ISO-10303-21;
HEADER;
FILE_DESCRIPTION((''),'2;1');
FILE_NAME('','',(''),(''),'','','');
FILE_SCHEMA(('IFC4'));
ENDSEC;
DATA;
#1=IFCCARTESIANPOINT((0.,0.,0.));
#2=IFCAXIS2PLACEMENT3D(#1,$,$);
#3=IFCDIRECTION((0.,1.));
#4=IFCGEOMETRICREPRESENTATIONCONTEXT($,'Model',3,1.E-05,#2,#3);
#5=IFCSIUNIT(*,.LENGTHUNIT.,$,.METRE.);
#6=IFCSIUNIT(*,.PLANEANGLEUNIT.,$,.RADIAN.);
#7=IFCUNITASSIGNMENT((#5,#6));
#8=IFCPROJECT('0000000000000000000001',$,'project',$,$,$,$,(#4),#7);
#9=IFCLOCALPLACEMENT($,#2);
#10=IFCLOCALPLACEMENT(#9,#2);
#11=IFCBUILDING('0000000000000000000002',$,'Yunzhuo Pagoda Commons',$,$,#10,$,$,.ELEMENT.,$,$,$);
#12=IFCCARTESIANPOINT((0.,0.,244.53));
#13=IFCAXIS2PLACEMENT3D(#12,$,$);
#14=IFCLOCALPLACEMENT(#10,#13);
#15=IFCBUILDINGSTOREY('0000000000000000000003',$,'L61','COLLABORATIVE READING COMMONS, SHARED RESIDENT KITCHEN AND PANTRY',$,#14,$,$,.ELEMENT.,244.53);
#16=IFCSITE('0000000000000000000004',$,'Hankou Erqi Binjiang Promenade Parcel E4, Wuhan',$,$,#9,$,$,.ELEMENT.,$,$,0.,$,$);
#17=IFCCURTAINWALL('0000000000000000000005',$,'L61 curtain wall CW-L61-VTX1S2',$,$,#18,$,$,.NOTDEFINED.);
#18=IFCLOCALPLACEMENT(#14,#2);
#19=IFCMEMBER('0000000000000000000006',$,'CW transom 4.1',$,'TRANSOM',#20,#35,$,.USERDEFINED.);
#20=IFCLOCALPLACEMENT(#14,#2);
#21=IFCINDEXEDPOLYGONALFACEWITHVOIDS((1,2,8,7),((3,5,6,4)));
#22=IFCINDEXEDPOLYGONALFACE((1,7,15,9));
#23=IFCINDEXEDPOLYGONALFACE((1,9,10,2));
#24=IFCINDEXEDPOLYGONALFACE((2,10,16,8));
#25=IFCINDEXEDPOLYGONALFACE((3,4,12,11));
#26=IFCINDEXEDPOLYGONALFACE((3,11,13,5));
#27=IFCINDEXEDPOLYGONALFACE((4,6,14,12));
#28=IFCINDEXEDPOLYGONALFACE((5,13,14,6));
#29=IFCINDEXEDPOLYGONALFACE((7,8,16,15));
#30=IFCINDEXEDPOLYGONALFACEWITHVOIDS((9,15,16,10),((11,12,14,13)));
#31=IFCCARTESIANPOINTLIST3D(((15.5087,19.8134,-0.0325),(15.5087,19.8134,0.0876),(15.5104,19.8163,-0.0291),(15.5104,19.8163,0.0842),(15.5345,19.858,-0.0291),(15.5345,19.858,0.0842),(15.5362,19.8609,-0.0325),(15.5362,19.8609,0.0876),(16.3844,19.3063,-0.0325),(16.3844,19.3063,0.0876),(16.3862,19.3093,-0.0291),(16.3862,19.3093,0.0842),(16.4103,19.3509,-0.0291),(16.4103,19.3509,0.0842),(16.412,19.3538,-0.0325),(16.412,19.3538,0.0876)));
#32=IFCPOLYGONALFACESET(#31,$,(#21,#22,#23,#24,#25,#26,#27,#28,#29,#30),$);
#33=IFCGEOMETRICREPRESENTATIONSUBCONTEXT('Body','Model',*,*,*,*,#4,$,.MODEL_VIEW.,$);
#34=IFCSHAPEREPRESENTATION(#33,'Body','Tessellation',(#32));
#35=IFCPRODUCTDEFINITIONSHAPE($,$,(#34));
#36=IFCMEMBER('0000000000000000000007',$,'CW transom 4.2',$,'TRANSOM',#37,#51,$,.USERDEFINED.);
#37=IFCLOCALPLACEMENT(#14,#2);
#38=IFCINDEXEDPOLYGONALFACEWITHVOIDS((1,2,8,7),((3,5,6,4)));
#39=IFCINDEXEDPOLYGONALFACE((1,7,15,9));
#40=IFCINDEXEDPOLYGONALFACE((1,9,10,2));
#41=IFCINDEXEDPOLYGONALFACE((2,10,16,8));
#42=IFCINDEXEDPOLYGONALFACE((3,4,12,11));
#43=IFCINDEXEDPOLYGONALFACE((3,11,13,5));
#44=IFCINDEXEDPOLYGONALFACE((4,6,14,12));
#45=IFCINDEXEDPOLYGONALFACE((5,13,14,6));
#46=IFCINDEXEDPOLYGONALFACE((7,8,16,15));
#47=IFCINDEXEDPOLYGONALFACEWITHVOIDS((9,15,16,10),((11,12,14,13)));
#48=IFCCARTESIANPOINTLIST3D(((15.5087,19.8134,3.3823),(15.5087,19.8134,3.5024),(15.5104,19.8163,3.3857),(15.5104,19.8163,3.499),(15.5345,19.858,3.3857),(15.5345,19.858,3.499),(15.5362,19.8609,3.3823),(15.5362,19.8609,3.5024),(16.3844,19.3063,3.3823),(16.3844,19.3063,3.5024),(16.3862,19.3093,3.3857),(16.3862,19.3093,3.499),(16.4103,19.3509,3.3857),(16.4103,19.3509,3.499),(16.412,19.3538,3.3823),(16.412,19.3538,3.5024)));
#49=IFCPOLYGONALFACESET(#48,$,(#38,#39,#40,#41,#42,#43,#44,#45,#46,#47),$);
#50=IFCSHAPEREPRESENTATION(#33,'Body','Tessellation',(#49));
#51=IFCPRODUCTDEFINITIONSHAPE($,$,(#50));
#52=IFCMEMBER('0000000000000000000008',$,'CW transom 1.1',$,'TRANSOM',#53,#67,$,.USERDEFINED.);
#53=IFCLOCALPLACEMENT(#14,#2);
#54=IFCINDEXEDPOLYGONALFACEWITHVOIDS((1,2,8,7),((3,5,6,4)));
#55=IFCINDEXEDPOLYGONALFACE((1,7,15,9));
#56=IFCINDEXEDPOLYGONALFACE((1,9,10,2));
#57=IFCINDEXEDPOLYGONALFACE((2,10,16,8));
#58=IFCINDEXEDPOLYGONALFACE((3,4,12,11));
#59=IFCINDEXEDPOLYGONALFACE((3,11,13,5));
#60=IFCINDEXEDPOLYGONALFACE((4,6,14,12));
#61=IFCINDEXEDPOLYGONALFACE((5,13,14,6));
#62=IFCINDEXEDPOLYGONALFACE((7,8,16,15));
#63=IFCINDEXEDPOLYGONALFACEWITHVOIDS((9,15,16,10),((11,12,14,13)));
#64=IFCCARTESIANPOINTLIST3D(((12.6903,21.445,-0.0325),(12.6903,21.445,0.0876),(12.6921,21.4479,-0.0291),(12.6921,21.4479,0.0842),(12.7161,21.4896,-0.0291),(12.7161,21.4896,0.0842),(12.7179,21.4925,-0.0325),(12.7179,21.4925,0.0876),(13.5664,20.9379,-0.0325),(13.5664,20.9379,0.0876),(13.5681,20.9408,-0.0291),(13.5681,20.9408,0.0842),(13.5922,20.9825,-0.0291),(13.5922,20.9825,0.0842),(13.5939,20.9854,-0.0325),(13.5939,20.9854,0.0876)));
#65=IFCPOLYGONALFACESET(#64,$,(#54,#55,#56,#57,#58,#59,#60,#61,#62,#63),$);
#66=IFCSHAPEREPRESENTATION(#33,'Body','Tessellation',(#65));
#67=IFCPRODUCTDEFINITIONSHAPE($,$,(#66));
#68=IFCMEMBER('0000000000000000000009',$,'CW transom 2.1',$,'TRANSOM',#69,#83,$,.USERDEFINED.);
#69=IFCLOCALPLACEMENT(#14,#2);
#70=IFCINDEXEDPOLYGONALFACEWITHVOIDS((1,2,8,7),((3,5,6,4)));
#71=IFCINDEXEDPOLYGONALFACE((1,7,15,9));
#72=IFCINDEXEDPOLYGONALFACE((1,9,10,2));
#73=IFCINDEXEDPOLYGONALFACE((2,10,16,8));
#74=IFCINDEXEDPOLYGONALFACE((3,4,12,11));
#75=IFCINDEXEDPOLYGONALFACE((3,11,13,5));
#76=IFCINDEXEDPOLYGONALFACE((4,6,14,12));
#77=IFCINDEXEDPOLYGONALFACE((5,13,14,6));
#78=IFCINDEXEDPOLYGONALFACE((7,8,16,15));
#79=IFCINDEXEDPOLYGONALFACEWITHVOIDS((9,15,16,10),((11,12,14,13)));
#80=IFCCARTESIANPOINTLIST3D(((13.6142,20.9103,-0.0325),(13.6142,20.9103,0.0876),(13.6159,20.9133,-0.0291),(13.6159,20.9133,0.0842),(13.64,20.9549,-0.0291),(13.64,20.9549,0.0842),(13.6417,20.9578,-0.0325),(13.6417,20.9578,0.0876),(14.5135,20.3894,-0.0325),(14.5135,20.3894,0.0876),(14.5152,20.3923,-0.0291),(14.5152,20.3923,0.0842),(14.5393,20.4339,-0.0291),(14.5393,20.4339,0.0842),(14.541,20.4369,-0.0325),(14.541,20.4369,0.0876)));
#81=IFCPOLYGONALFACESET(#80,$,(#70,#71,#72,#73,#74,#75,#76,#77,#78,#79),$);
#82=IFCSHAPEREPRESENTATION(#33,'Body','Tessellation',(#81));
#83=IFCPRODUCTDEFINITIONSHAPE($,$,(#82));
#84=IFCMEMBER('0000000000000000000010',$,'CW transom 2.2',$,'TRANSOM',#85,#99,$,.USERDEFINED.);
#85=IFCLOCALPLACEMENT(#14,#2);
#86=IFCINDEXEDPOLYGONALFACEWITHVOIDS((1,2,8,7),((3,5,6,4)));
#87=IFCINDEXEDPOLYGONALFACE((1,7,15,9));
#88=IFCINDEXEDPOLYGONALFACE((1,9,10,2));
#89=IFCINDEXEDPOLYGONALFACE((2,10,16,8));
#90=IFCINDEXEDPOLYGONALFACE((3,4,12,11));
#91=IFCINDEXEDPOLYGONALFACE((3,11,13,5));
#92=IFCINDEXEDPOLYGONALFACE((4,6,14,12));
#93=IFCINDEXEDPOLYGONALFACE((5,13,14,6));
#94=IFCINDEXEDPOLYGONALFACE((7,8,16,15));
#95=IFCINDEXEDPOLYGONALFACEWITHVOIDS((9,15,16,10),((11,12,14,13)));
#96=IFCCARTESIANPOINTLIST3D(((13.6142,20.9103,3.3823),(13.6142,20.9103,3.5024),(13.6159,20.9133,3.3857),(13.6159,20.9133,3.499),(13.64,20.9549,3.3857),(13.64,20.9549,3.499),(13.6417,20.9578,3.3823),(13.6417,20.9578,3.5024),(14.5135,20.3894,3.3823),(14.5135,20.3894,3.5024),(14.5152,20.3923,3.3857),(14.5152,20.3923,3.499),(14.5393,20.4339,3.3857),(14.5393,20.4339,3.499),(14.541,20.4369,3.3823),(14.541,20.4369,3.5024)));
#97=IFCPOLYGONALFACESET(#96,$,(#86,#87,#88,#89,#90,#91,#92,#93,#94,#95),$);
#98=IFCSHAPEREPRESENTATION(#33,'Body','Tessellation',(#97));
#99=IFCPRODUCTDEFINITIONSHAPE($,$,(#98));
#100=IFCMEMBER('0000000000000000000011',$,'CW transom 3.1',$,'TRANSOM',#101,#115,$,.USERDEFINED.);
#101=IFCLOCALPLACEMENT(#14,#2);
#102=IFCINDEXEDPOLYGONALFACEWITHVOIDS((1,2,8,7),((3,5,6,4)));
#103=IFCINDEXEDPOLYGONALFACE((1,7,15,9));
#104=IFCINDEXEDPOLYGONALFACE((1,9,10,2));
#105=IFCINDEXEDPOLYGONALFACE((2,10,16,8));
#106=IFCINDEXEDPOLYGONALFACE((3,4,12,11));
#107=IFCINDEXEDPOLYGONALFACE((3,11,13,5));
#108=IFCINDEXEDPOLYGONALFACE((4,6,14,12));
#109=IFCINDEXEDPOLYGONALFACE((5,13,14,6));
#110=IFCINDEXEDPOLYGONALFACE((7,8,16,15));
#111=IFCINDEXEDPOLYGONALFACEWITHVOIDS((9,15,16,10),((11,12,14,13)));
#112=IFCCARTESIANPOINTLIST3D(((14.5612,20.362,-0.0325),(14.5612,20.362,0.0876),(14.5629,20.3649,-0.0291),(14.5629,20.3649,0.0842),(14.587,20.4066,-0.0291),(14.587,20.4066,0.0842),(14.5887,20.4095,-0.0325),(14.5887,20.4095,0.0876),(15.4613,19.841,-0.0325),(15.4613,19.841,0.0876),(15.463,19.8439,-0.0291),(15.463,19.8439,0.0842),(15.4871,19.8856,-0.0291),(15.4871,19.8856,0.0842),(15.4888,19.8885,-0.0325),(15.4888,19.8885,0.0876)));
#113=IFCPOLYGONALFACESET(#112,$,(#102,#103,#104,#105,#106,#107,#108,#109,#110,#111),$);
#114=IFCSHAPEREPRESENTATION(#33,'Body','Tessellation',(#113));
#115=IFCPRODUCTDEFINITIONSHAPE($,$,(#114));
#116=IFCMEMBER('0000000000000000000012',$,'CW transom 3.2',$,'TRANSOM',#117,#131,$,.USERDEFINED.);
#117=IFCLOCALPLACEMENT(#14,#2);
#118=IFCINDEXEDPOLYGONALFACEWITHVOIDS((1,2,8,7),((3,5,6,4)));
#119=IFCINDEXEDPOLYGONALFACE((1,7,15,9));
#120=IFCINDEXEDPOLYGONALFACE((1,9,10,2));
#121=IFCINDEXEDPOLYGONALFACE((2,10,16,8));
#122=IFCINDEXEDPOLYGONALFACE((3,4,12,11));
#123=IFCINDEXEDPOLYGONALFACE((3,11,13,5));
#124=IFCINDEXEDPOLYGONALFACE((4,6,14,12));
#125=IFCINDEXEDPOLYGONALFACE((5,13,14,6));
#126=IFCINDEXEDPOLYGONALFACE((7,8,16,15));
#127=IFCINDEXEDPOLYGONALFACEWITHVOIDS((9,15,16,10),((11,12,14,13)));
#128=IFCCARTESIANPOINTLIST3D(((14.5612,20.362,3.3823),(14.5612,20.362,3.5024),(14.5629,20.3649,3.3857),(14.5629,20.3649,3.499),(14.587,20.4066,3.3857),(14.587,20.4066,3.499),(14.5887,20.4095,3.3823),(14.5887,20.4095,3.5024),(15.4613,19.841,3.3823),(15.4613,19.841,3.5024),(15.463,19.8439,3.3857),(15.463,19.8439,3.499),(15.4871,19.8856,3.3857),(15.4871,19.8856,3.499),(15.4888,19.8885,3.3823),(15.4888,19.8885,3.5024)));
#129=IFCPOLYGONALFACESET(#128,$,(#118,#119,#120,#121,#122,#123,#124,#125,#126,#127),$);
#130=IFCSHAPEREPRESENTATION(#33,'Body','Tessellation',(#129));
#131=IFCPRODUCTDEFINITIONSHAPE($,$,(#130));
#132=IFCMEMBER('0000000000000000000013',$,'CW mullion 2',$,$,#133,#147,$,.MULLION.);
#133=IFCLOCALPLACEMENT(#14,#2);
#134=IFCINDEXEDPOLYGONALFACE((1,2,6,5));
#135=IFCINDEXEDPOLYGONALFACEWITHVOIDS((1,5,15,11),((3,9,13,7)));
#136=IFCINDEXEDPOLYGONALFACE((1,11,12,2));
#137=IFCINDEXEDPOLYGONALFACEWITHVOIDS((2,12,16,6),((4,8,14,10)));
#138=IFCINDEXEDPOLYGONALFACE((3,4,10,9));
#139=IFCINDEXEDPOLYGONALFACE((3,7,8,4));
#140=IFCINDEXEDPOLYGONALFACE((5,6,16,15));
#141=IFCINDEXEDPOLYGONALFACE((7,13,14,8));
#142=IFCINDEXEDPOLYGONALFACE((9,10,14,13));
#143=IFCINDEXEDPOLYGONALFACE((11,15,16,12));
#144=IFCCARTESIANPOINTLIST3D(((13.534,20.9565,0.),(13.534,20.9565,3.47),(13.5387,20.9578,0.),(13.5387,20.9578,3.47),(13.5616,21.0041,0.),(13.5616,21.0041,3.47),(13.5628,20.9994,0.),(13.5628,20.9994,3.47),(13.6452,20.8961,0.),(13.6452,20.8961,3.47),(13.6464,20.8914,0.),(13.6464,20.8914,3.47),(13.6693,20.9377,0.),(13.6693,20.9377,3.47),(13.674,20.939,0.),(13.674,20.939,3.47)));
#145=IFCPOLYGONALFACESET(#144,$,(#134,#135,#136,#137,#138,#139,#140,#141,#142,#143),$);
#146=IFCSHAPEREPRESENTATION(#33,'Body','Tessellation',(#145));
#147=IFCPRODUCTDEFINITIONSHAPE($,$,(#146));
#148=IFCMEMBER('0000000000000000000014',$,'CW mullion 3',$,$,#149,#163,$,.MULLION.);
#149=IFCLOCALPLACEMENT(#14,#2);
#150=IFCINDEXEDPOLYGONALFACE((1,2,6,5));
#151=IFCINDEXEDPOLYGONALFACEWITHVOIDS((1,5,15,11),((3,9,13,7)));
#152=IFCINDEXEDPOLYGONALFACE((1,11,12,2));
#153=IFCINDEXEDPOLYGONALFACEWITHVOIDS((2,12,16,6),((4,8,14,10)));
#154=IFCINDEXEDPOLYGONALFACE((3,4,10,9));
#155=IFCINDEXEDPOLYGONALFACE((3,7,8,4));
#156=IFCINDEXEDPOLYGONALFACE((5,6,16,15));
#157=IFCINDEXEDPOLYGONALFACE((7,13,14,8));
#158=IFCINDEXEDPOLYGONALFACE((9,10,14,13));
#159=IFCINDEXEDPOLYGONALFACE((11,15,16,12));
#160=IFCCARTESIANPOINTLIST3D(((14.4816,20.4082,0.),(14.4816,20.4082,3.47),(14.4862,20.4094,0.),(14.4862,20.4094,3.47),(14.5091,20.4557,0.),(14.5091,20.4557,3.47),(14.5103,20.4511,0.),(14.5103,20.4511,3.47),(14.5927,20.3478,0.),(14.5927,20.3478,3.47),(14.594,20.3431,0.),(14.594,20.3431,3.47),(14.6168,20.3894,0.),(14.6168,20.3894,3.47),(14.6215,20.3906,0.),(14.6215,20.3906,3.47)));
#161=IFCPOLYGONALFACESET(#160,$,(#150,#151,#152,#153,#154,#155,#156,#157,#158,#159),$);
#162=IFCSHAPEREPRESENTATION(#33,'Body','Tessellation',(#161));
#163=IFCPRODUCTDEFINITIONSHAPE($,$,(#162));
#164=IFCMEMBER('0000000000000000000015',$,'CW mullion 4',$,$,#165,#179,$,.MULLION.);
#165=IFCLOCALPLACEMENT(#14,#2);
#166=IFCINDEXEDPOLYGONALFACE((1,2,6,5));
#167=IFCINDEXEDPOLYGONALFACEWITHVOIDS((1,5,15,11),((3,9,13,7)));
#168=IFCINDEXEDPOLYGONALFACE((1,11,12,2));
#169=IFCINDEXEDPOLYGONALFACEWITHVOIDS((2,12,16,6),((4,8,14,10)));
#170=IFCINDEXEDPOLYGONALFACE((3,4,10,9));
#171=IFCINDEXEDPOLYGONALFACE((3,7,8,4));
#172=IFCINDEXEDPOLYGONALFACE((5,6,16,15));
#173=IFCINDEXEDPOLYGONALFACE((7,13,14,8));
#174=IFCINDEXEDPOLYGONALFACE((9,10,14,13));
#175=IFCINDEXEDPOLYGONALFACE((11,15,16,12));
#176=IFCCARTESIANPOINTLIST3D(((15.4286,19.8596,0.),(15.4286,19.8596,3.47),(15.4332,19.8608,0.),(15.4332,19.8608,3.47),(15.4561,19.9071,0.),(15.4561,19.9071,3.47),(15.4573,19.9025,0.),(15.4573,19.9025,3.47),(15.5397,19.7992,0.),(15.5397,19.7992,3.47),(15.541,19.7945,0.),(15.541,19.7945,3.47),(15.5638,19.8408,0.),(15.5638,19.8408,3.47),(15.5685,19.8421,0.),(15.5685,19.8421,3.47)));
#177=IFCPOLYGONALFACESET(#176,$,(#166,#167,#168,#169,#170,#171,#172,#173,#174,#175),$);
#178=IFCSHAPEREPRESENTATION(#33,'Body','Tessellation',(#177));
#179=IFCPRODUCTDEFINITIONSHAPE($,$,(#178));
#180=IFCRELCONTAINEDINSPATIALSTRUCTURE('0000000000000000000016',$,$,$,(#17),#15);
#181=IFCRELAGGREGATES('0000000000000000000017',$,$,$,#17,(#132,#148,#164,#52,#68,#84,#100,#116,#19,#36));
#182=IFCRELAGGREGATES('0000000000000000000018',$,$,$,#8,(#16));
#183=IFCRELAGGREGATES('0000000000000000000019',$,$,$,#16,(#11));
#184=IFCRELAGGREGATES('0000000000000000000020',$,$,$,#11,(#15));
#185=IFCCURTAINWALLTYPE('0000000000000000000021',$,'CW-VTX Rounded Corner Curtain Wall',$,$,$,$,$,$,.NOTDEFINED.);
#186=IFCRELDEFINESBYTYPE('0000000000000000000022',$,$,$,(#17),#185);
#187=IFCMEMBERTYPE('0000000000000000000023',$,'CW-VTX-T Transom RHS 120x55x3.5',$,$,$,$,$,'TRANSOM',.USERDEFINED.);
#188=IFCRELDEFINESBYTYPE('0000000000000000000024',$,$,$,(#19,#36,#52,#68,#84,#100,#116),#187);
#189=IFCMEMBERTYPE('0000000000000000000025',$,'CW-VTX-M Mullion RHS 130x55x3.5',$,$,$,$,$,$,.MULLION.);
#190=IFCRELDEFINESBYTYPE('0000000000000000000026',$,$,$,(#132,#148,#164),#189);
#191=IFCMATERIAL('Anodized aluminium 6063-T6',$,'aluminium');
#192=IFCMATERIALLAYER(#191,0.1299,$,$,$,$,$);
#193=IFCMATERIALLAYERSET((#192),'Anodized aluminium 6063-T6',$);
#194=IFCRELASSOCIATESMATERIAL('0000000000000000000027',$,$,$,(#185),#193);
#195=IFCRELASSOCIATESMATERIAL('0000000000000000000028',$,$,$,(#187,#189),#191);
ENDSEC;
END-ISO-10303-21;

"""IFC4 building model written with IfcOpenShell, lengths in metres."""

from ifc_helpers import new_model, si_unit, direction, frame, origin, origin_2d, place, context, subcontext, project, spatial, hollow_rectangle, extrude, source, transform, mapped, material, layer, layer_set, material_profile, profile_set, type_object, element, aggregate, save


model = new_model("IFC4")

# Units and contexts
model_context = context("Model", 3, precision=1e-05, world=origin(), true_north=direction((0.0, 1.0)))
body_context = subcontext(model_context, "Body", "Model", "MODEL_VIEW")
ifc_project = project(units=[si_unit("LENGTHUNIT", "METRE"), si_unit("PLANEANGLEUNIT", "RADIAN")], contexts=[model_context])

# Site, building, storey
site_placement = place(None, origin())
site = spatial("IfcSite", under=ifc_project, at=site_placement, Name="Hankou Erqi Binjiang Promenade Parcel E4, Wuhan", CompositionType="ELEMENT", RefElevation=0.0)
building_placement = place(site_placement, origin())
building = spatial("IfcBuilding", under=site, at=building_placement, Name="Yunzhuo Pagoda Commons", CompositionType="ELEMENT")
storey_placement = place(building_placement, frame((0.0, 0.0, 244.53)))
storey = spatial("IfcBuildingStorey", under=building, at=storey_placement, Name="L61", Description="COLLABORATIVE READING COMMONS, SHARED RESIDENT KITCHEN AND PANTRY", CompositionType="ELEMENT", Elevation=244.53)

# Curtain wall, members
ifc_material_1 = material(Name="Anodized aluminium 6063-T6", Category="aluminium")
ifc_layer_1 = layer(ifc_material_1, 0.1299)
ifc_layer_set_1 = layer_set([ifc_layer_1], Name="Anodized aluminium 6063-T6")
curtain_wall_type = type_object("IfcCurtainWallType", Name="CW-VTX Rounded Corner Curtain Wall", PredefinedType="NOTDEFINED", material=ifc_layer_set_1)
curtain_wall_placement = place(storey_placement, origin())
curtain_wall = element("IfcCurtainWall", 1, at=curtain_wall_placement, inside=storey, type_object=curtain_wall_type, Name="L61 curtain wall CW-L61-VTX1S2", PredefinedType="NOTDEFINED")
ifc_material_profile_1 = material_profile(ifc_material_1, hollow_rectangle(XDim=0.0549, YDim=0.1201, WallThickness=0.0034, at=origin_2d()), Name="Anodized aluminium 6063-T6")
ifc_profile_set_1 = profile_set([ifc_material_profile_1], Name="Anodized aluminium 6063-T6")
member_type_1 = type_object("IfcMemberType", Name="CW-VTX-T Transom RHS 120x55x3.5", ElementType="TRANSOM", PredefinedType="USERDEFINED", material=ifc_profile_set_1)
shared_shape_1 = source(origin(), body_context, "Body", "SweptSolid", [
    extrude(hollow_rectangle(XDim=0.0549, YDim=0.1201, WallThickness=0.0034, at=origin_2d()), origin(), (0.0, 0.0, 1.0), 1.012),
])
member_1_placement = place(storey_placement, frame((15.5225, 19.8372, 0.0276), z_axis=(0.865393, -0.501093, 0.0), x_axis=(0.501093, 0.865393, 0.0)))
member_1 = element("IfcMember", 2, at=member_1_placement, type_object=member_type_1, Name="CW transom 4.1", ObjectType="TRANSOM", PredefinedType="USERDEFINED", context=body_context, shape_type="MappedRepresentation", body=[
    mapped(shared_shape_1, transform((0.0, 0.0, 0.0), scale=1.0)),
])
member_2_placement = place(storey_placement, frame((15.5225, 19.8372, 3.4424), z_axis=(0.865393, -0.501093, 0.0), x_axis=(0.501093, 0.865393, 0.0)))
member_2 = element("IfcMember", 3, at=member_2_placement, type_object=member_type_1, Name="CW transom 4.2", ObjectType="TRANSOM", PredefinedType="USERDEFINED", context=body_context, shape_type="MappedRepresentation", body=[
    mapped(shared_shape_1, transform((0.0, 0.0, 0.0), scale=1.0)),
])
shared_shape_2 = source(origin(), body_context, "Body", "SweptSolid", [
    extrude(hollow_rectangle(XDim=0.0549, YDim=0.1201, WallThickness=0.0034, at=origin_2d()), origin(), (0.0, 0.0, 1.0), 1.0122),
])
member_3_placement = place(storey_placement, frame((12.7041, 21.4688, 0.0276), z_axis=(0.865454, -0.500989, 0.0), x_axis=(0.500989, 0.865454, 0.0)))
member_3 = element("IfcMember", 4, at=member_3_placement, type_object=member_type_1, Name="CW transom 1.1", ObjectType="TRANSOM", PredefinedType="USERDEFINED", context=body_context, shape_type="MappedRepresentation", body=[
    mapped(shared_shape_2, transform((0.0, 0.0, 0.0), scale=1.0)),
])
shared_shape_3 = source(origin(), body_context, "Body", "SweptSolid", [
    extrude(hollow_rectangle(XDim=0.0549, YDim=0.1201, WallThickness=0.0034, at=origin_2d()), origin(), (0.0, 0.0, 1.0), 1.0393),
])
member_4_placement = place(storey_placement, frame((13.6279, 20.9341, 0.0276), z_axis=(0.865308, -0.50124, 0.0), x_axis=(0.50124, 0.865308, 0.0)))
member_4 = element("IfcMember", 5, at=member_4_placement, type_object=member_type_1, Name="CW transom 2.1", ObjectType="TRANSOM", PredefinedType="USERDEFINED", context=body_context, shape_type="MappedRepresentation", body=[
    mapped(shared_shape_3, transform((0.0, 0.0, 0.0), scale=1.0)),
])
member_5_placement = place(storey_placement, frame((13.6279, 20.9341, 3.4424), z_axis=(0.865308, -0.50124, 0.0), x_axis=(0.50124, 0.865308, 0.0)))
member_5 = element("IfcMember", 6, at=member_5_placement, type_object=member_type_1, Name="CW transom 2.2", ObjectType="TRANSOM", PredefinedType="USERDEFINED", context=body_context, shape_type="MappedRepresentation", body=[
    mapped(shared_shape_3, transform((0.0, 0.0, 0.0), scale=1.0)),
])
shared_shape_4 = source(origin(), body_context, "Body", "SweptSolid", [
    extrude(hollow_rectangle(XDim=0.0549, YDim=0.1201, WallThickness=0.0034, at=origin_2d()), origin(), (0.0, 0.0, 1.0), 1.04),
])
member_6_placement = place(storey_placement, frame((14.575, 20.3857, 0.0276), z_axis=(0.865485, -0.500934, 0.0), x_axis=(0.500934, 0.865485, 0.0)))
member_6 = element("IfcMember", 7, at=member_6_placement, type_object=member_type_1, Name="CW transom 3.1", ObjectType="TRANSOM", PredefinedType="USERDEFINED", context=body_context, shape_type="MappedRepresentation", body=[
    mapped(shared_shape_4, transform((0.0, 0.0, 0.0), scale=1.0)),
])
member_7_placement = place(storey_placement, frame((14.575, 20.3857, 3.4424), z_axis=(0.865485, -0.500934, 0.0), x_axis=(0.500934, 0.865485, 0.0)))
member_7 = element("IfcMember", 8, at=member_7_placement, type_object=member_type_1, Name="CW transom 3.2", ObjectType="TRANSOM", PredefinedType="USERDEFINED", context=body_context, shape_type="MappedRepresentation", body=[
    mapped(shared_shape_4, transform((0.0, 0.0, 0.0), scale=1.0)),
])
ifc_material_profile_2 = material_profile(ifc_material_1, hollow_rectangle(XDim=0.0549, YDim=0.1299, WallThickness=0.0034, at=origin_2d()), Name="Anodized aluminium 6063-T6")
ifc_profile_set_2 = profile_set([ifc_material_profile_2], Name="Anodized aluminium 6063-T6")
member_type_2 = type_object("IfcMemberType", Name="CW-VTX-M Mullion RHS 130x55x3.5", PredefinedType="MULLION", material=ifc_profile_set_2)
shared_shape_5 = source(origin(), body_context, "Body", "SweptSolid", [
    extrude(hollow_rectangle(XDim=0.0549, YDim=0.1299, WallThickness=0.0034, at=origin_2d()), origin(), (0.0, 0.0, 1.0), 3.47),
])
member_8_placement = place(storey_placement, frame((13.604, 20.9478, 0.0), z_axis=(0.0, 0.0, 1.0), x_axis=(0.501035, 0.865427, 0.0)))
member_8 = element("IfcMember", 9, at=member_8_placement, type_object=member_type_2, Name="CW mullion 2", PredefinedType="MULLION", context=body_context, shape_type="MappedRepresentation", body=[
    mapped(shared_shape_5, transform((0.0, 0.0, 0.0), scale=1.0)),
])
member_9_placement = place(storey_placement, frame((14.5515, 20.3994, 0.0), z_axis=(0.0, 0.0, 1.0), x_axis=(0.501035, 0.865427, 0.0)))
member_9 = element("IfcMember", 10, at=member_9_placement, type_object=member_type_2, Name="CW mullion 3", PredefinedType="MULLION", context=body_context, shape_type="MappedRepresentation", body=[
    mapped(shared_shape_5, transform((0.0, 0.0, 0.0), scale=1.0)),
])
member_10_placement = place(storey_placement, frame((15.4985, 19.8508, 0.0), z_axis=(0.0, 0.0, 1.0), x_axis=(0.501035, 0.865427, 0.0)))
member_10 = element("IfcMember", 11, at=member_10_placement, type_object=member_type_2, Name="CW mullion 4", PredefinedType="MULLION", context=body_context, shape_type="MappedRepresentation", body=[
    mapped(shared_shape_5, transform((0.0, 0.0, 0.0), scale=1.0)),
])

aggregate(curtain_wall, [member_8, member_9, member_10, member_3, member_4, member_5, member_6, member_7, member_1, member_2])

save(model, "model.ifc")
